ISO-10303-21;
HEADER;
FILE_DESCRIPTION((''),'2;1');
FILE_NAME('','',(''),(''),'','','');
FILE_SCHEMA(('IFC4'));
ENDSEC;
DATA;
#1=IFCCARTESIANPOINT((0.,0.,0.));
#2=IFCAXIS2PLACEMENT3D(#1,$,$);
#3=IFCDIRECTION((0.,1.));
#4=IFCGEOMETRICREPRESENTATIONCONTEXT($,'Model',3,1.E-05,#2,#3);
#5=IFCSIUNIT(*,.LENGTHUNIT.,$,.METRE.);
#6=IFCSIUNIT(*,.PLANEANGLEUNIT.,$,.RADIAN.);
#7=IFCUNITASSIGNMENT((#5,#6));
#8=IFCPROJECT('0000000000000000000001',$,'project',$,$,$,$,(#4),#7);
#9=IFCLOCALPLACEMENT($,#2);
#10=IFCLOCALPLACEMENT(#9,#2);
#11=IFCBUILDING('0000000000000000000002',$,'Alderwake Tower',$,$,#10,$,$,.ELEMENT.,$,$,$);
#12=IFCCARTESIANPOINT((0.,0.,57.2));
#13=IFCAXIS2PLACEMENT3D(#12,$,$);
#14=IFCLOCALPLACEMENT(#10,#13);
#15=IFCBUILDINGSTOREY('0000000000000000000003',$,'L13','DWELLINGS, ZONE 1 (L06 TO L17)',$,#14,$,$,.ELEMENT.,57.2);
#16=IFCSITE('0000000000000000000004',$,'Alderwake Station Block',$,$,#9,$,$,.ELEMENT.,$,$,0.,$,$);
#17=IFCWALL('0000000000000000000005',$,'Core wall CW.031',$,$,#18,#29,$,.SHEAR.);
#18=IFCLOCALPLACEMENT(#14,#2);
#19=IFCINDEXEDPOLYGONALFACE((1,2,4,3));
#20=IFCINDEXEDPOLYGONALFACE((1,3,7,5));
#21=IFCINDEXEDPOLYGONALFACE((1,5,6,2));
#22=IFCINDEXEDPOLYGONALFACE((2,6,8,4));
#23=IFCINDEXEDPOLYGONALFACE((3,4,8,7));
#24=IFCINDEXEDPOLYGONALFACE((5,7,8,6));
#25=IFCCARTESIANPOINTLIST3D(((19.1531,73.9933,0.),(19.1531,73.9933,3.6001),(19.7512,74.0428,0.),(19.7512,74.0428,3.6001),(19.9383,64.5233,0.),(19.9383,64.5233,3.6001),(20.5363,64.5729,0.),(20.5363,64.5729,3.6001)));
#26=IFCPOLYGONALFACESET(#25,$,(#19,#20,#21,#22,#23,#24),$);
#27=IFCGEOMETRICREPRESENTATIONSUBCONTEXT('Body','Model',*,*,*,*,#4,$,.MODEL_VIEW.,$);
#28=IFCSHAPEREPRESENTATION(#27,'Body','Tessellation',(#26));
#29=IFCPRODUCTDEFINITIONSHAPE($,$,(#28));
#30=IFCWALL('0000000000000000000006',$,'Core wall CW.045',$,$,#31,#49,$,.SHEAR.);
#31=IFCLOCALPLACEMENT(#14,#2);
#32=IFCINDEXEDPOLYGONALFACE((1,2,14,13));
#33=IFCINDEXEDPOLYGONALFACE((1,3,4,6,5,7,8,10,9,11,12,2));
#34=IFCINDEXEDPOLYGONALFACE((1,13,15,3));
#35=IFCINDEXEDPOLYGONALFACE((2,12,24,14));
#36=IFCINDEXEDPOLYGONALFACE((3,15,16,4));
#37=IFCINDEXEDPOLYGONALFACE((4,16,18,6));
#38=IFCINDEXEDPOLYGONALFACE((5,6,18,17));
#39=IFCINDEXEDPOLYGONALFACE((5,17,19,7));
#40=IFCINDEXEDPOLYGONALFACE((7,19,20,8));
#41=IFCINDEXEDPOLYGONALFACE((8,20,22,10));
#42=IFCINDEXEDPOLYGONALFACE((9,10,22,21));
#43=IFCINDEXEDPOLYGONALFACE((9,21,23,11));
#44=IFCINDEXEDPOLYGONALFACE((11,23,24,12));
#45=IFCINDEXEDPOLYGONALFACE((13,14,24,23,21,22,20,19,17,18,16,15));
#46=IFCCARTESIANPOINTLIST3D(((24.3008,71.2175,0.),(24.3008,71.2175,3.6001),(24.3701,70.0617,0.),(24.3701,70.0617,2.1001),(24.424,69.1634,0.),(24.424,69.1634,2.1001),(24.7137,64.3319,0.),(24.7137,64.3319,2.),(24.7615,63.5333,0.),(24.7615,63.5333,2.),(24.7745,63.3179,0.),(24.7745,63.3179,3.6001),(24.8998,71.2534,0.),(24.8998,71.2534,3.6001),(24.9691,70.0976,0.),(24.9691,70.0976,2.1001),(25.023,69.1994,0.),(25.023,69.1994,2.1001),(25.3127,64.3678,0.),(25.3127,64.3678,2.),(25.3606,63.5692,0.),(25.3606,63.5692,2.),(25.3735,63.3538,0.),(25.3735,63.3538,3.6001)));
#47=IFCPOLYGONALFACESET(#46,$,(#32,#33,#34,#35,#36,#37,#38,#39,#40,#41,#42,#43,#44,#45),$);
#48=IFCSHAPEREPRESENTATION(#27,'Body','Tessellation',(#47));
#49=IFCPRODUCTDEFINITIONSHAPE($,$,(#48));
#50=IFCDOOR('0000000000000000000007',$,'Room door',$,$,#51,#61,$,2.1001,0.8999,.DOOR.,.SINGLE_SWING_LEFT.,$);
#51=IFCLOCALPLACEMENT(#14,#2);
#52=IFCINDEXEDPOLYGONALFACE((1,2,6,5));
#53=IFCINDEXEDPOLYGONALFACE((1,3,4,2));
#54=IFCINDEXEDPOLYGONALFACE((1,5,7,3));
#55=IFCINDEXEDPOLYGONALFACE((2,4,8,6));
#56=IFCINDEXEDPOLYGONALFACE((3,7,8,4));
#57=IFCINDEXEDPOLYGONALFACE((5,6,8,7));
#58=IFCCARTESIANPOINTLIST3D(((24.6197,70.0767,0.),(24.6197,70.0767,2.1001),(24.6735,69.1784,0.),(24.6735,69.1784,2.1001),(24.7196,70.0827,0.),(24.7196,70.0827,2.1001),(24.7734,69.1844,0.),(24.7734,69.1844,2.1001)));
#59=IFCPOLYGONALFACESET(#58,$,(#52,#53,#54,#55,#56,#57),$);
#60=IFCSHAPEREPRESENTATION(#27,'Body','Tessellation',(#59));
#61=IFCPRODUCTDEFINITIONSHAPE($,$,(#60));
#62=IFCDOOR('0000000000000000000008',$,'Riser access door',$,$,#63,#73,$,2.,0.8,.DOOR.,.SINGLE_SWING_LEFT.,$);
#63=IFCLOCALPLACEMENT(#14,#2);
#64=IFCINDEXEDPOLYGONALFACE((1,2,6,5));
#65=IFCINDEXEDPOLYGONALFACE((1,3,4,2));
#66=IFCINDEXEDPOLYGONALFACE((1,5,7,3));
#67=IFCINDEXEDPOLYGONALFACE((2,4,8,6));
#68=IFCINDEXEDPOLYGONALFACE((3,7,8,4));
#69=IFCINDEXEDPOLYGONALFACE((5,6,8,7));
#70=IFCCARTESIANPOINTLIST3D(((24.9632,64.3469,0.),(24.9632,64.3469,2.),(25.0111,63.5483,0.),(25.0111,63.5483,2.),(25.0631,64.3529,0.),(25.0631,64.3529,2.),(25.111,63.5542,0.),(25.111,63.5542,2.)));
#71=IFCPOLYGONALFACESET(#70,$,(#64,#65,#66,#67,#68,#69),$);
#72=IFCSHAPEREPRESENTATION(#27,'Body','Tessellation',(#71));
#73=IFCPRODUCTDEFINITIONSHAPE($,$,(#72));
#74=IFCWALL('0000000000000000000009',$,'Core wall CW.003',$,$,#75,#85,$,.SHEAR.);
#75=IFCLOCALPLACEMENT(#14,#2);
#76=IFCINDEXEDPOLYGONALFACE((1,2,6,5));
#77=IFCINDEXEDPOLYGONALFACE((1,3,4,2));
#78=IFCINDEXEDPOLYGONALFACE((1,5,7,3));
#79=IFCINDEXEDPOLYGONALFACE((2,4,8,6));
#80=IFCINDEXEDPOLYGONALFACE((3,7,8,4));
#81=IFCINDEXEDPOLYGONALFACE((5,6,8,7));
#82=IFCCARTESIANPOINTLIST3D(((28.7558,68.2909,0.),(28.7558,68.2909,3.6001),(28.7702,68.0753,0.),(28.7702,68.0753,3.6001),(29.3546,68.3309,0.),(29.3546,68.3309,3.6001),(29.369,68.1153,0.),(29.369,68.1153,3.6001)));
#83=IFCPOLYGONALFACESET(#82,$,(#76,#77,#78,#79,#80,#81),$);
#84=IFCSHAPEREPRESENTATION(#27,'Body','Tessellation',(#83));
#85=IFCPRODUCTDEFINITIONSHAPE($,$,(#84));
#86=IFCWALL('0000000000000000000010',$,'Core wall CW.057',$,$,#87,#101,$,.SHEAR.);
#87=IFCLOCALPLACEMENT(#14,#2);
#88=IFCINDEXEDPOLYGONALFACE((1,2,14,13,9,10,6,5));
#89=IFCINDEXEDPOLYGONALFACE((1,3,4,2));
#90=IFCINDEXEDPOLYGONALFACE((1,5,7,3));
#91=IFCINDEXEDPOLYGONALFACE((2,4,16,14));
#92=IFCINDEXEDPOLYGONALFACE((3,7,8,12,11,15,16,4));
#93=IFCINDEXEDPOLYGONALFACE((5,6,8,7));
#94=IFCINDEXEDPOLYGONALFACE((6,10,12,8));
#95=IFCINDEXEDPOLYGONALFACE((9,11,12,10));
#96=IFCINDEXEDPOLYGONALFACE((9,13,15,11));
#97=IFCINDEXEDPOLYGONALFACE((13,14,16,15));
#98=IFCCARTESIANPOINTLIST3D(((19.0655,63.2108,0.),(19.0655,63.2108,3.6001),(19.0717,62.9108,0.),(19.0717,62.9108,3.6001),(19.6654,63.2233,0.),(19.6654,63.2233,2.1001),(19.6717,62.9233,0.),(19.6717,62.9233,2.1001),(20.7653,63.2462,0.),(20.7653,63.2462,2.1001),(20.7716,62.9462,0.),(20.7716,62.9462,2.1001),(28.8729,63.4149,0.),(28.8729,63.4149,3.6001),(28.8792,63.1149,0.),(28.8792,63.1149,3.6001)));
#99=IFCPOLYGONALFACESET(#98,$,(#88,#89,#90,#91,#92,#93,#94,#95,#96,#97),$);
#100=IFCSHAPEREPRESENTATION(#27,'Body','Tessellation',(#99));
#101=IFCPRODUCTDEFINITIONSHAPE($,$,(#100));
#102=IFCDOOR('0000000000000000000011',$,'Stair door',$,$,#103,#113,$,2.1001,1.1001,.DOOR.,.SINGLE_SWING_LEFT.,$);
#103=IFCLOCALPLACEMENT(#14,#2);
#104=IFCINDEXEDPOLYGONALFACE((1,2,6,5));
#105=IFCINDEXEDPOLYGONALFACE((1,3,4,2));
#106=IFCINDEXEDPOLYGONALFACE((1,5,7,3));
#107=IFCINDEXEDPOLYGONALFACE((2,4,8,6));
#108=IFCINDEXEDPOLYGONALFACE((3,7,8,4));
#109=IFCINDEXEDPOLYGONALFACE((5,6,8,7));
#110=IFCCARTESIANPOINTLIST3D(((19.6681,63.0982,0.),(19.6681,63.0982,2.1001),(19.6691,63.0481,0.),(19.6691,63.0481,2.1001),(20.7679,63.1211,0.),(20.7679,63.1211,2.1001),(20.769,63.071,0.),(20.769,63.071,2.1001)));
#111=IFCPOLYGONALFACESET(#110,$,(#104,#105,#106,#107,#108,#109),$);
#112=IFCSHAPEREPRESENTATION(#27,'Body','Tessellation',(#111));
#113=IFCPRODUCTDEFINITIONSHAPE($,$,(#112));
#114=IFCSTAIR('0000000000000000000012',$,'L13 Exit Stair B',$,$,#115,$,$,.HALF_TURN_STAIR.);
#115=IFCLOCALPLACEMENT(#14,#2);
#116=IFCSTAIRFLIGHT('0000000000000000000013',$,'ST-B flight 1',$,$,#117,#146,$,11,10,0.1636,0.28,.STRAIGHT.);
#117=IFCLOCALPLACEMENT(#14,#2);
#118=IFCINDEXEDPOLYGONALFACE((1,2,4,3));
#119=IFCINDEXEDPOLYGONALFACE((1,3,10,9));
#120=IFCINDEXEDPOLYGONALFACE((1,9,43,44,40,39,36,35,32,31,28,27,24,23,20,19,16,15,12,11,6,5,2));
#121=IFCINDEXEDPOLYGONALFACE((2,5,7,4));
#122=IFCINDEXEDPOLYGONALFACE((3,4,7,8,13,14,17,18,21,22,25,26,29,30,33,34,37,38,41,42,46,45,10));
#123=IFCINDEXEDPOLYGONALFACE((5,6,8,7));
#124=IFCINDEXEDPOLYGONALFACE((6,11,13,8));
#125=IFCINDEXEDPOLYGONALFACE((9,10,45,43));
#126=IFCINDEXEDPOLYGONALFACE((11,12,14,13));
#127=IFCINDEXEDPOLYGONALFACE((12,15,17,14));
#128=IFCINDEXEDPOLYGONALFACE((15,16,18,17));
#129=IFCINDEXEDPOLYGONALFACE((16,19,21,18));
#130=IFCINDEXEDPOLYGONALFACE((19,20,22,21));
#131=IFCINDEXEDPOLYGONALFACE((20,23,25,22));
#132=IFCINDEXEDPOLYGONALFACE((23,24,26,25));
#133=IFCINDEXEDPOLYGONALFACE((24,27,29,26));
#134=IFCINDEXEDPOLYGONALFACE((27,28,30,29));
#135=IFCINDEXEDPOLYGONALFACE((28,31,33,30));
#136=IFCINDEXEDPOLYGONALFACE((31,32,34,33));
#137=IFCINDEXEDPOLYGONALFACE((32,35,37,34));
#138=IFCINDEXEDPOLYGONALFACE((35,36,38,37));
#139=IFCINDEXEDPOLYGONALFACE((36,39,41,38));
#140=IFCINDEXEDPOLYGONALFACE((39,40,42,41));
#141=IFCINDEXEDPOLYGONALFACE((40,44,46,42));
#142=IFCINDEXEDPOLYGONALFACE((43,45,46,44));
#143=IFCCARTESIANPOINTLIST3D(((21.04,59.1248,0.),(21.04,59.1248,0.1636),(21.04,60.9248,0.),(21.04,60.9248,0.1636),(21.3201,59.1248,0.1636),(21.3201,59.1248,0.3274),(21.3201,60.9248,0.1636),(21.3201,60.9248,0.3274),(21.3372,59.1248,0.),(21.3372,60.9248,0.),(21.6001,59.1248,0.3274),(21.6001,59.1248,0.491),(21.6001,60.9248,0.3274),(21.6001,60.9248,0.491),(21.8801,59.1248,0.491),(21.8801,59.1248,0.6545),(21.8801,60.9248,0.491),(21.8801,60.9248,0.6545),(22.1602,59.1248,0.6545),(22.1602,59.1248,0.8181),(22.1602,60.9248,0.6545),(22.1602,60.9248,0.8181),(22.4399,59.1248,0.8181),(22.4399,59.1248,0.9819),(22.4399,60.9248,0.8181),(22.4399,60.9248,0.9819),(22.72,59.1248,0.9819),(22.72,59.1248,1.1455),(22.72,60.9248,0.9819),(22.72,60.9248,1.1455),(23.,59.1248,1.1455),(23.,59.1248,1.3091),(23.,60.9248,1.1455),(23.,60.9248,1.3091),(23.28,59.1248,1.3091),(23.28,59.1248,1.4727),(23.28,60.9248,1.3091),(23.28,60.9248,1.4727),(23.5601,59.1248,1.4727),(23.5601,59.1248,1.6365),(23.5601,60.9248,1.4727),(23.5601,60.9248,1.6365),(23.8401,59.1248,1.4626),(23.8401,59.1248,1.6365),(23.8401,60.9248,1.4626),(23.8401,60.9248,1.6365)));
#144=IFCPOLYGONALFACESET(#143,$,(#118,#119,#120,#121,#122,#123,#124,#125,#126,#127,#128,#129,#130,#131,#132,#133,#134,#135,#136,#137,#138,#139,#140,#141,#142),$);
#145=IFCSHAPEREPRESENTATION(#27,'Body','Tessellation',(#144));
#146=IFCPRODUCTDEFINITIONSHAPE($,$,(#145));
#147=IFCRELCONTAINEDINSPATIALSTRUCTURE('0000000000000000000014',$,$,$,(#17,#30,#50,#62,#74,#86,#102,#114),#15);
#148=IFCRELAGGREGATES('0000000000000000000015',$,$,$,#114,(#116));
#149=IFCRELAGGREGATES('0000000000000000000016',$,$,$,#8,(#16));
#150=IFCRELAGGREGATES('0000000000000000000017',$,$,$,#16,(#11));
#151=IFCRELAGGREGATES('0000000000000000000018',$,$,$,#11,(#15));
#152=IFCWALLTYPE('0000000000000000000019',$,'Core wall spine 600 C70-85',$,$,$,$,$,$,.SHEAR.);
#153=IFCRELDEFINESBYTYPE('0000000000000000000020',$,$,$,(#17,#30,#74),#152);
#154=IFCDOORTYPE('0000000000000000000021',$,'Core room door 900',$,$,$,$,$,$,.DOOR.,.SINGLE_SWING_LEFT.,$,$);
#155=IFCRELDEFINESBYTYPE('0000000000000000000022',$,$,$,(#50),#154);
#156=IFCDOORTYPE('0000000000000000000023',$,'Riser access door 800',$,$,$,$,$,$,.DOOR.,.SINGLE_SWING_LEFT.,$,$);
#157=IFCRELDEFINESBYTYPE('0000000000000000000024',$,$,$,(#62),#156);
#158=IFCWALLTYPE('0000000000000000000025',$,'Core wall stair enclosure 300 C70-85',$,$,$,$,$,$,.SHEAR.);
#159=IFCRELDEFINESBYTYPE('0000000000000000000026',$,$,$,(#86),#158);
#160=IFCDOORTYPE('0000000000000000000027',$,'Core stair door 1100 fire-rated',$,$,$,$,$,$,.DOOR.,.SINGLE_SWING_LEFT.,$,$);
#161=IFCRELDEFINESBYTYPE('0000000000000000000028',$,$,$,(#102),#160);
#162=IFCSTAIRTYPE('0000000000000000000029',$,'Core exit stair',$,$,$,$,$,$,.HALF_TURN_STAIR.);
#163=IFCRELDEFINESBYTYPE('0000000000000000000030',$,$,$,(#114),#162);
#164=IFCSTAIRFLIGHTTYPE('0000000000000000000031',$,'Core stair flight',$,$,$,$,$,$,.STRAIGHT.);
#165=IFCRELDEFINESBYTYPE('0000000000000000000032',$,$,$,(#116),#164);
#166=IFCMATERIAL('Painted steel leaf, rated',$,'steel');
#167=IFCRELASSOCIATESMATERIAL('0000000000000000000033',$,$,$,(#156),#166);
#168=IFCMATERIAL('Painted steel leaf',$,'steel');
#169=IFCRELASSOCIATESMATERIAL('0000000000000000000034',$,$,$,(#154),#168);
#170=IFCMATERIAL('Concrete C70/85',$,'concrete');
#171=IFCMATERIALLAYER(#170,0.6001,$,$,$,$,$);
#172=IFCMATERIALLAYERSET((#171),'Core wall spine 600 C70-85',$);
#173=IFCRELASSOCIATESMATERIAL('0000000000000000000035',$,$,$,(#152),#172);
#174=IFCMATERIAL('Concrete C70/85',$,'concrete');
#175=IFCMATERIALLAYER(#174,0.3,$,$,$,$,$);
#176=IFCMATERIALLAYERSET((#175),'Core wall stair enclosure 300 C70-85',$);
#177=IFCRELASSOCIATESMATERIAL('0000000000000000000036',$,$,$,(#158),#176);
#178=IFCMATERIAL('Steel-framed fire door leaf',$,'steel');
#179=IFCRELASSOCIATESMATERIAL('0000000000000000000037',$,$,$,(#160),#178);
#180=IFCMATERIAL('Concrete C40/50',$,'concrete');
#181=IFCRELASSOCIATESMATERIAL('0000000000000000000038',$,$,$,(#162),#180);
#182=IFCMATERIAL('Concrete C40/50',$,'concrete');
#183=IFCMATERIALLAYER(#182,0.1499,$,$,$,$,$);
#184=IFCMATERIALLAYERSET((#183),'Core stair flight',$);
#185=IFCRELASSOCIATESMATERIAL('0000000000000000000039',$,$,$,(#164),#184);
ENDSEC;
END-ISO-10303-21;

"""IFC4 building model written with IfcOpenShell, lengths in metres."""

from ifc_helpers import new_model, si_unit, direction, frame, frame_2d, origin, place, context, subcontext, project, spatial, polyline, rectangle, outline, extrude, material, layer, layer_set, type_object, element, fill, aggregate, save


model = new_model("IFC4")

# Units and contexts
model_context = context("Model", 3, precision=1e-05, world=origin(), true_north=direction((0.0, 1.0)))
body_context = subcontext(model_context, "Body", "Model", "MODEL_VIEW")
ifc_project = project(units=[si_unit("LENGTHUNIT", "METRE"), si_unit("PLANEANGLEUNIT", "RADIAN")], contexts=[model_context])

# Site, building, storey
site_placement = place(None, origin())
site = spatial("IfcSite", under=ifc_project, at=site_placement, Name="Alderwake Station Block", CompositionType="ELEMENT", RefElevation=0.0)
building_placement = place(site_placement, origin())
building = spatial("IfcBuilding", under=site, at=building_placement, Name="Alderwake Tower", CompositionType="ELEMENT")
storey_placement = place(building_placement, frame((0.0, 0.0, 57.2)))
storey = spatial("IfcBuildingStorey", under=building, at=storey_placement, Name="L13", Description="DWELLINGS, ZONE 1 (L06 TO L17)", CompositionType="ELEMENT", Elevation=57.2)

# Shared definitions
ifc_material_1 = material(Name="Painted steel leaf, rated", Category="steel")
door_type_1 = type_object("IfcDoorType", Name="Riser access door 800", OperationType="SINGLE_SWING_LEFT", PredefinedType="DOOR", material=ifc_material_1)

# Shared definitions
ifc_material_2 = material(Name="Painted steel leaf", Category="steel")
door_type_2 = type_object("IfcDoorType", Name="Core room door 900", OperationType="SINGLE_SWING_LEFT", PredefinedType="DOOR", material=ifc_material_2)

# Wall
ifc_material_3 = material(Name="Concrete C70/85", Category="concrete")
ifc_layer_1 = layer(ifc_material_3, 0.6001)
ifc_layer_set_1 = layer_set([ifc_layer_1], Name="Core wall spine 600 C70-85")
wall_type_1 = type_object("IfcWallType", Name="Core wall spine 600 C70-85", PredefinedType="SHEAR", material=ifc_layer_set_1)
wall_1_placement = place(storey_placement, frame((20.2373, 64.5481, 0.0), z_axis=(0.0, 0.0, 1.0), x_axis=(-0.082627, 0.996581, 0.0)))
element("IfcWall", 1, at=wall_1_placement, inside=storey, type_object=wall_type_1, Name="Core wall CW.031", PredefinedType="SHEAR", context=body_context, shape_type="SweptSolid", body=[
    extrude(rectangle(XDim=9.5024, YDim=0.6001, at=frame_2d((4.7512, 0.0))), origin(), (0.0, 0.0, 1.0), 3.6001),
])

# Wall, openings, doors
wall_2_placement = place(storey_placement, frame((25.074, 63.3357, 0.0), z_axis=(0.0, 0.0, 1.0), x_axis=(-0.059849, 0.998207, 0.0)))
wall_2 = element("IfcWall", 2, at=wall_2_placement, inside=storey, type_object=wall_type_1, Name="Core wall CW.045", PredefinedType="SHEAR", context=body_context, shape_type="SweptSolid", body=[
    extrude(rectangle(XDim=7.9138, YDim=0.6001, at=frame_2d((3.957, 0.0))), origin(), (0.0, 0.0, 1.0), 3.6001),
])
opening_1_placement = place(wall_2_placement, frame((0.2161, 0.0, 0.0)))
opening_1 = element("IfcOpeningElement", 3, at=opening_1_placement, cuts=wall_2, PredefinedType="OPENING", context=body_context, shape_type="SweptSolid", body=[
    extrude(rectangle(XDim=0.8, YDim=2.0, at=frame_2d((0.3999, 1.0))), frame((0.0, 0.3101, 0.0), z_axis=(0.0, -1.0, 0.0), x_axis=(1.0, 0.0, 0.0)), (0.0, 0.0, 1.0), 0.6201),
])
opening_2_placement = place(wall_2_placement, frame((5.8562, 0.0, 0.0)))
opening_2 = element("IfcOpeningElement", 4, at=opening_2_placement, cuts=wall_2, PredefinedType="OPENING", context=body_context, shape_type="SweptSolid", body=[
    extrude(rectangle(XDim=0.8999, YDim=2.1001, at=frame_2d((0.45, 1.05))), frame((0.0, 0.3101, 0.0), z_axis=(0.0, -1.0, 0.0), x_axis=(1.0, 0.0, 0.0)), (0.0, 0.0, 1.0), 0.6201),
])
door_1_placement = place(opening_2_placement, origin())
door_1 = element("IfcDoor", 5, at=door_1_placement, inside=storey, type_object=door_type_2, Name="Room door", OperationType="SINGLE_SWING_LEFT", OverallHeight=2.1001, OverallWidth=0.8999, PredefinedType="DOOR", context=body_context, shape_type="SweptSolid", body=[
    extrude(rectangle(XDim=0.8999, YDim=2.1001, at=frame_2d((0.45, 1.05))), frame((0.0, 0.05, 0.0), z_axis=(0.0, -1.0, 0.0), x_axis=(1.0, 0.0, 0.0)), (0.0, 0.0, 1.0), 0.1001),
])
fill(opening_2, door_1)
door_2_placement = place(opening_1_placement, origin())
door_2 = element("IfcDoor", 6, at=door_2_placement, inside=storey, type_object=door_type_1, Name="Riser access door", OperationType="SINGLE_SWING_LEFT", OverallHeight=2.0, OverallWidth=0.8, PredefinedType="DOOR", context=body_context, shape_type="SweptSolid", body=[
    extrude(rectangle(XDim=0.8, YDim=2.0, at=frame_2d((0.3999, 1.0))), frame((0.0, 0.05, 0.0), z_axis=(0.0, -1.0, 0.0), x_axis=(1.0, 0.0, 0.0)), (0.0, 0.0, 1.0), 0.1001),
])
fill(opening_1, door_2)

# Wall
wall_3_placement = place(storey_placement, frame((29.0696, 68.0955, 0.0), z_axis=(0.0, 0.0, 1.0), x_axis=(-0.066669, 0.997775, 0.0)))
element("IfcWall", 7, at=wall_3_placement, inside=storey, type_object=wall_type_1, Name="Core wall CW.003", PredefinedType="SHEAR", context=body_context, shape_type="SweptSolid", body=[
    extrude(rectangle(XDim=0.2161, YDim=0.6001, at=frame_2d((0.1079, 0.0))), origin(), (0.0, 0.0, 1.0), 3.6001),
])

# Wall, opening, door
ifc_material_4 = material(Name="Concrete C70/85", Category="concrete")
ifc_layer_2 = layer(ifc_material_4, 0.3)
ifc_layer_set_2 = layer_set([ifc_layer_2], Name="Core wall stair enclosure 300 C70-85")
wall_type_2 = type_object("IfcWallType", Name="Core wall stair enclosure 300 C70-85", PredefinedType="SHEAR", material=ifc_layer_set_2)
wall_4_placement = place(storey_placement, frame((19.0686, 63.0608, 0.0), z_axis=(0.0, 0.0, 1.0), x_axis=(0.999784, 0.020807, 0.0)))
wall_4 = element("IfcWall", 8, at=wall_4_placement, inside=storey, type_object=wall_type_2, Name="Core wall CW.057", PredefinedType="SHEAR", context=body_context, shape_type="SweptSolid", body=[
    extrude(rectangle(XDim=9.8096, YDim=0.3, at=frame_2d((4.9048, 0.0))), origin(), (0.0, 0.0, 1.0), 3.6001),
])
opening_3_placement = place(wall_4_placement, frame((0.6001, 0.0, 0.0)))
opening_3 = element("IfcOpeningElement", 9, at=opening_3_placement, cuts=wall_4, PredefinedType="OPENING", context=body_context, shape_type="SweptSolid", body=[
    extrude(rectangle(XDim=1.1001, YDim=2.1001, at=frame_2d((0.55, 1.05))), frame((0.0, 0.1599, 0.0), z_axis=(0.0, -1.0, 0.0), x_axis=(1.0, 0.0, 0.0)), (0.0, 0.0, 1.0), 0.3201),
])
ifc_material_5 = material(Name="Steel-framed fire door leaf", Category="steel")
door_type_3 = type_object("IfcDoorType", Name="Core stair door 1100 fire-rated", OperationType="SINGLE_SWING_LEFT", PredefinedType="DOOR", material=ifc_material_5)
door_3_placement = place(opening_3_placement, origin())
door_3 = element("IfcDoor", 10, at=door_3_placement, inside=storey, type_object=door_type_3, Name="Stair door", OperationType="SINGLE_SWING_LEFT", OverallHeight=2.1001, OverallWidth=1.1001, PredefinedType="DOOR", context=body_context, shape_type="SweptSolid", body=[
    extrude(rectangle(XDim=1.1001, YDim=2.1001, at=frame_2d((0.55, 1.05))), frame((0.0, 0.0249, 0.0), z_axis=(0.0, -1.0, 0.0), x_axis=(1.0, 0.0, 0.0)), (0.0, 0.0, 1.0), 0.05),
])
fill(opening_3, door_3)

# Stair, stair flight
ifc_material_6 = material(Name="Concrete C40/50", Category="concrete")
stair_type = type_object("IfcStairType", Name="Core exit stair", PredefinedType="HALF_TURN_STAIR", material=ifc_material_6)
stair_placement = place(storey_placement, origin())
stair = element("IfcStair", 11, at=stair_placement, inside=storey, type_object=stair_type, Name="L13 Exit Stair B", PredefinedType="HALF_TURN_STAIR")
ifc_material_7 = material(Name="Concrete C40/50", Category="concrete")
ifc_layer_3 = layer(ifc_material_7, 0.1499)
ifc_layer_set_3 = layer_set([ifc_layer_3], Name="Core stair flight")
stair_flight_type = type_object("IfcStairFlightType", Name="Core stair flight", PredefinedType="STRAIGHT", material=ifc_layer_set_3)
stair_flight_1_placement = place(storey_placement, frame((21.04, 60.0249, 0.0), z_axis=(0.0, 0.0, 1.0), x_axis=(1.0, 0.0, 0.0)))
stair_flight_1 = element("IfcStairFlight", 12, at=stair_flight_1_placement, type_object=stair_flight_type, Name="ST-B flight 1", NumberOfRisers=11, NumberOfTreads=10, PredefinedType="STRAIGHT", RiserHeight=0.1636, TreadLength=0.28, context=body_context, shape_type="SweptSolid", body=[
    extrude(outline(polyline([(0.0, 0.0), (0.0, 0.1636), (0.28, 0.1636), (0.28, 0.3274), (0.5601, 0.3274), (0.5601, 0.491), (0.8401, 0.491), (0.8401, 0.6545), (1.1201, 0.6545), (1.1201, 0.8181), (1.3999, 0.8181), (1.3999, 0.9819), (1.6799, 0.9819), (1.6799, 1.1455), (1.96, 1.1455), (1.96, 1.3091), (2.24, 1.3091), (2.24, 1.4727), (2.52, 1.4727), (2.52, 1.6365), (2.8, 1.6365), (2.8, 1.8), (2.8, 1.4626), (0.2971, 0.0), (0.0, 0.0)])), frame((0.0, 0.8999, 0.0), z_axis=(0.0, -1.0, 0.0), x_axis=(1.0, 0.0, 0.0)), (0.0, 0.0, 1.0), 1.8),
])
aggregate(stair, [stair_flight_1])

save(model, "model.ifc")
